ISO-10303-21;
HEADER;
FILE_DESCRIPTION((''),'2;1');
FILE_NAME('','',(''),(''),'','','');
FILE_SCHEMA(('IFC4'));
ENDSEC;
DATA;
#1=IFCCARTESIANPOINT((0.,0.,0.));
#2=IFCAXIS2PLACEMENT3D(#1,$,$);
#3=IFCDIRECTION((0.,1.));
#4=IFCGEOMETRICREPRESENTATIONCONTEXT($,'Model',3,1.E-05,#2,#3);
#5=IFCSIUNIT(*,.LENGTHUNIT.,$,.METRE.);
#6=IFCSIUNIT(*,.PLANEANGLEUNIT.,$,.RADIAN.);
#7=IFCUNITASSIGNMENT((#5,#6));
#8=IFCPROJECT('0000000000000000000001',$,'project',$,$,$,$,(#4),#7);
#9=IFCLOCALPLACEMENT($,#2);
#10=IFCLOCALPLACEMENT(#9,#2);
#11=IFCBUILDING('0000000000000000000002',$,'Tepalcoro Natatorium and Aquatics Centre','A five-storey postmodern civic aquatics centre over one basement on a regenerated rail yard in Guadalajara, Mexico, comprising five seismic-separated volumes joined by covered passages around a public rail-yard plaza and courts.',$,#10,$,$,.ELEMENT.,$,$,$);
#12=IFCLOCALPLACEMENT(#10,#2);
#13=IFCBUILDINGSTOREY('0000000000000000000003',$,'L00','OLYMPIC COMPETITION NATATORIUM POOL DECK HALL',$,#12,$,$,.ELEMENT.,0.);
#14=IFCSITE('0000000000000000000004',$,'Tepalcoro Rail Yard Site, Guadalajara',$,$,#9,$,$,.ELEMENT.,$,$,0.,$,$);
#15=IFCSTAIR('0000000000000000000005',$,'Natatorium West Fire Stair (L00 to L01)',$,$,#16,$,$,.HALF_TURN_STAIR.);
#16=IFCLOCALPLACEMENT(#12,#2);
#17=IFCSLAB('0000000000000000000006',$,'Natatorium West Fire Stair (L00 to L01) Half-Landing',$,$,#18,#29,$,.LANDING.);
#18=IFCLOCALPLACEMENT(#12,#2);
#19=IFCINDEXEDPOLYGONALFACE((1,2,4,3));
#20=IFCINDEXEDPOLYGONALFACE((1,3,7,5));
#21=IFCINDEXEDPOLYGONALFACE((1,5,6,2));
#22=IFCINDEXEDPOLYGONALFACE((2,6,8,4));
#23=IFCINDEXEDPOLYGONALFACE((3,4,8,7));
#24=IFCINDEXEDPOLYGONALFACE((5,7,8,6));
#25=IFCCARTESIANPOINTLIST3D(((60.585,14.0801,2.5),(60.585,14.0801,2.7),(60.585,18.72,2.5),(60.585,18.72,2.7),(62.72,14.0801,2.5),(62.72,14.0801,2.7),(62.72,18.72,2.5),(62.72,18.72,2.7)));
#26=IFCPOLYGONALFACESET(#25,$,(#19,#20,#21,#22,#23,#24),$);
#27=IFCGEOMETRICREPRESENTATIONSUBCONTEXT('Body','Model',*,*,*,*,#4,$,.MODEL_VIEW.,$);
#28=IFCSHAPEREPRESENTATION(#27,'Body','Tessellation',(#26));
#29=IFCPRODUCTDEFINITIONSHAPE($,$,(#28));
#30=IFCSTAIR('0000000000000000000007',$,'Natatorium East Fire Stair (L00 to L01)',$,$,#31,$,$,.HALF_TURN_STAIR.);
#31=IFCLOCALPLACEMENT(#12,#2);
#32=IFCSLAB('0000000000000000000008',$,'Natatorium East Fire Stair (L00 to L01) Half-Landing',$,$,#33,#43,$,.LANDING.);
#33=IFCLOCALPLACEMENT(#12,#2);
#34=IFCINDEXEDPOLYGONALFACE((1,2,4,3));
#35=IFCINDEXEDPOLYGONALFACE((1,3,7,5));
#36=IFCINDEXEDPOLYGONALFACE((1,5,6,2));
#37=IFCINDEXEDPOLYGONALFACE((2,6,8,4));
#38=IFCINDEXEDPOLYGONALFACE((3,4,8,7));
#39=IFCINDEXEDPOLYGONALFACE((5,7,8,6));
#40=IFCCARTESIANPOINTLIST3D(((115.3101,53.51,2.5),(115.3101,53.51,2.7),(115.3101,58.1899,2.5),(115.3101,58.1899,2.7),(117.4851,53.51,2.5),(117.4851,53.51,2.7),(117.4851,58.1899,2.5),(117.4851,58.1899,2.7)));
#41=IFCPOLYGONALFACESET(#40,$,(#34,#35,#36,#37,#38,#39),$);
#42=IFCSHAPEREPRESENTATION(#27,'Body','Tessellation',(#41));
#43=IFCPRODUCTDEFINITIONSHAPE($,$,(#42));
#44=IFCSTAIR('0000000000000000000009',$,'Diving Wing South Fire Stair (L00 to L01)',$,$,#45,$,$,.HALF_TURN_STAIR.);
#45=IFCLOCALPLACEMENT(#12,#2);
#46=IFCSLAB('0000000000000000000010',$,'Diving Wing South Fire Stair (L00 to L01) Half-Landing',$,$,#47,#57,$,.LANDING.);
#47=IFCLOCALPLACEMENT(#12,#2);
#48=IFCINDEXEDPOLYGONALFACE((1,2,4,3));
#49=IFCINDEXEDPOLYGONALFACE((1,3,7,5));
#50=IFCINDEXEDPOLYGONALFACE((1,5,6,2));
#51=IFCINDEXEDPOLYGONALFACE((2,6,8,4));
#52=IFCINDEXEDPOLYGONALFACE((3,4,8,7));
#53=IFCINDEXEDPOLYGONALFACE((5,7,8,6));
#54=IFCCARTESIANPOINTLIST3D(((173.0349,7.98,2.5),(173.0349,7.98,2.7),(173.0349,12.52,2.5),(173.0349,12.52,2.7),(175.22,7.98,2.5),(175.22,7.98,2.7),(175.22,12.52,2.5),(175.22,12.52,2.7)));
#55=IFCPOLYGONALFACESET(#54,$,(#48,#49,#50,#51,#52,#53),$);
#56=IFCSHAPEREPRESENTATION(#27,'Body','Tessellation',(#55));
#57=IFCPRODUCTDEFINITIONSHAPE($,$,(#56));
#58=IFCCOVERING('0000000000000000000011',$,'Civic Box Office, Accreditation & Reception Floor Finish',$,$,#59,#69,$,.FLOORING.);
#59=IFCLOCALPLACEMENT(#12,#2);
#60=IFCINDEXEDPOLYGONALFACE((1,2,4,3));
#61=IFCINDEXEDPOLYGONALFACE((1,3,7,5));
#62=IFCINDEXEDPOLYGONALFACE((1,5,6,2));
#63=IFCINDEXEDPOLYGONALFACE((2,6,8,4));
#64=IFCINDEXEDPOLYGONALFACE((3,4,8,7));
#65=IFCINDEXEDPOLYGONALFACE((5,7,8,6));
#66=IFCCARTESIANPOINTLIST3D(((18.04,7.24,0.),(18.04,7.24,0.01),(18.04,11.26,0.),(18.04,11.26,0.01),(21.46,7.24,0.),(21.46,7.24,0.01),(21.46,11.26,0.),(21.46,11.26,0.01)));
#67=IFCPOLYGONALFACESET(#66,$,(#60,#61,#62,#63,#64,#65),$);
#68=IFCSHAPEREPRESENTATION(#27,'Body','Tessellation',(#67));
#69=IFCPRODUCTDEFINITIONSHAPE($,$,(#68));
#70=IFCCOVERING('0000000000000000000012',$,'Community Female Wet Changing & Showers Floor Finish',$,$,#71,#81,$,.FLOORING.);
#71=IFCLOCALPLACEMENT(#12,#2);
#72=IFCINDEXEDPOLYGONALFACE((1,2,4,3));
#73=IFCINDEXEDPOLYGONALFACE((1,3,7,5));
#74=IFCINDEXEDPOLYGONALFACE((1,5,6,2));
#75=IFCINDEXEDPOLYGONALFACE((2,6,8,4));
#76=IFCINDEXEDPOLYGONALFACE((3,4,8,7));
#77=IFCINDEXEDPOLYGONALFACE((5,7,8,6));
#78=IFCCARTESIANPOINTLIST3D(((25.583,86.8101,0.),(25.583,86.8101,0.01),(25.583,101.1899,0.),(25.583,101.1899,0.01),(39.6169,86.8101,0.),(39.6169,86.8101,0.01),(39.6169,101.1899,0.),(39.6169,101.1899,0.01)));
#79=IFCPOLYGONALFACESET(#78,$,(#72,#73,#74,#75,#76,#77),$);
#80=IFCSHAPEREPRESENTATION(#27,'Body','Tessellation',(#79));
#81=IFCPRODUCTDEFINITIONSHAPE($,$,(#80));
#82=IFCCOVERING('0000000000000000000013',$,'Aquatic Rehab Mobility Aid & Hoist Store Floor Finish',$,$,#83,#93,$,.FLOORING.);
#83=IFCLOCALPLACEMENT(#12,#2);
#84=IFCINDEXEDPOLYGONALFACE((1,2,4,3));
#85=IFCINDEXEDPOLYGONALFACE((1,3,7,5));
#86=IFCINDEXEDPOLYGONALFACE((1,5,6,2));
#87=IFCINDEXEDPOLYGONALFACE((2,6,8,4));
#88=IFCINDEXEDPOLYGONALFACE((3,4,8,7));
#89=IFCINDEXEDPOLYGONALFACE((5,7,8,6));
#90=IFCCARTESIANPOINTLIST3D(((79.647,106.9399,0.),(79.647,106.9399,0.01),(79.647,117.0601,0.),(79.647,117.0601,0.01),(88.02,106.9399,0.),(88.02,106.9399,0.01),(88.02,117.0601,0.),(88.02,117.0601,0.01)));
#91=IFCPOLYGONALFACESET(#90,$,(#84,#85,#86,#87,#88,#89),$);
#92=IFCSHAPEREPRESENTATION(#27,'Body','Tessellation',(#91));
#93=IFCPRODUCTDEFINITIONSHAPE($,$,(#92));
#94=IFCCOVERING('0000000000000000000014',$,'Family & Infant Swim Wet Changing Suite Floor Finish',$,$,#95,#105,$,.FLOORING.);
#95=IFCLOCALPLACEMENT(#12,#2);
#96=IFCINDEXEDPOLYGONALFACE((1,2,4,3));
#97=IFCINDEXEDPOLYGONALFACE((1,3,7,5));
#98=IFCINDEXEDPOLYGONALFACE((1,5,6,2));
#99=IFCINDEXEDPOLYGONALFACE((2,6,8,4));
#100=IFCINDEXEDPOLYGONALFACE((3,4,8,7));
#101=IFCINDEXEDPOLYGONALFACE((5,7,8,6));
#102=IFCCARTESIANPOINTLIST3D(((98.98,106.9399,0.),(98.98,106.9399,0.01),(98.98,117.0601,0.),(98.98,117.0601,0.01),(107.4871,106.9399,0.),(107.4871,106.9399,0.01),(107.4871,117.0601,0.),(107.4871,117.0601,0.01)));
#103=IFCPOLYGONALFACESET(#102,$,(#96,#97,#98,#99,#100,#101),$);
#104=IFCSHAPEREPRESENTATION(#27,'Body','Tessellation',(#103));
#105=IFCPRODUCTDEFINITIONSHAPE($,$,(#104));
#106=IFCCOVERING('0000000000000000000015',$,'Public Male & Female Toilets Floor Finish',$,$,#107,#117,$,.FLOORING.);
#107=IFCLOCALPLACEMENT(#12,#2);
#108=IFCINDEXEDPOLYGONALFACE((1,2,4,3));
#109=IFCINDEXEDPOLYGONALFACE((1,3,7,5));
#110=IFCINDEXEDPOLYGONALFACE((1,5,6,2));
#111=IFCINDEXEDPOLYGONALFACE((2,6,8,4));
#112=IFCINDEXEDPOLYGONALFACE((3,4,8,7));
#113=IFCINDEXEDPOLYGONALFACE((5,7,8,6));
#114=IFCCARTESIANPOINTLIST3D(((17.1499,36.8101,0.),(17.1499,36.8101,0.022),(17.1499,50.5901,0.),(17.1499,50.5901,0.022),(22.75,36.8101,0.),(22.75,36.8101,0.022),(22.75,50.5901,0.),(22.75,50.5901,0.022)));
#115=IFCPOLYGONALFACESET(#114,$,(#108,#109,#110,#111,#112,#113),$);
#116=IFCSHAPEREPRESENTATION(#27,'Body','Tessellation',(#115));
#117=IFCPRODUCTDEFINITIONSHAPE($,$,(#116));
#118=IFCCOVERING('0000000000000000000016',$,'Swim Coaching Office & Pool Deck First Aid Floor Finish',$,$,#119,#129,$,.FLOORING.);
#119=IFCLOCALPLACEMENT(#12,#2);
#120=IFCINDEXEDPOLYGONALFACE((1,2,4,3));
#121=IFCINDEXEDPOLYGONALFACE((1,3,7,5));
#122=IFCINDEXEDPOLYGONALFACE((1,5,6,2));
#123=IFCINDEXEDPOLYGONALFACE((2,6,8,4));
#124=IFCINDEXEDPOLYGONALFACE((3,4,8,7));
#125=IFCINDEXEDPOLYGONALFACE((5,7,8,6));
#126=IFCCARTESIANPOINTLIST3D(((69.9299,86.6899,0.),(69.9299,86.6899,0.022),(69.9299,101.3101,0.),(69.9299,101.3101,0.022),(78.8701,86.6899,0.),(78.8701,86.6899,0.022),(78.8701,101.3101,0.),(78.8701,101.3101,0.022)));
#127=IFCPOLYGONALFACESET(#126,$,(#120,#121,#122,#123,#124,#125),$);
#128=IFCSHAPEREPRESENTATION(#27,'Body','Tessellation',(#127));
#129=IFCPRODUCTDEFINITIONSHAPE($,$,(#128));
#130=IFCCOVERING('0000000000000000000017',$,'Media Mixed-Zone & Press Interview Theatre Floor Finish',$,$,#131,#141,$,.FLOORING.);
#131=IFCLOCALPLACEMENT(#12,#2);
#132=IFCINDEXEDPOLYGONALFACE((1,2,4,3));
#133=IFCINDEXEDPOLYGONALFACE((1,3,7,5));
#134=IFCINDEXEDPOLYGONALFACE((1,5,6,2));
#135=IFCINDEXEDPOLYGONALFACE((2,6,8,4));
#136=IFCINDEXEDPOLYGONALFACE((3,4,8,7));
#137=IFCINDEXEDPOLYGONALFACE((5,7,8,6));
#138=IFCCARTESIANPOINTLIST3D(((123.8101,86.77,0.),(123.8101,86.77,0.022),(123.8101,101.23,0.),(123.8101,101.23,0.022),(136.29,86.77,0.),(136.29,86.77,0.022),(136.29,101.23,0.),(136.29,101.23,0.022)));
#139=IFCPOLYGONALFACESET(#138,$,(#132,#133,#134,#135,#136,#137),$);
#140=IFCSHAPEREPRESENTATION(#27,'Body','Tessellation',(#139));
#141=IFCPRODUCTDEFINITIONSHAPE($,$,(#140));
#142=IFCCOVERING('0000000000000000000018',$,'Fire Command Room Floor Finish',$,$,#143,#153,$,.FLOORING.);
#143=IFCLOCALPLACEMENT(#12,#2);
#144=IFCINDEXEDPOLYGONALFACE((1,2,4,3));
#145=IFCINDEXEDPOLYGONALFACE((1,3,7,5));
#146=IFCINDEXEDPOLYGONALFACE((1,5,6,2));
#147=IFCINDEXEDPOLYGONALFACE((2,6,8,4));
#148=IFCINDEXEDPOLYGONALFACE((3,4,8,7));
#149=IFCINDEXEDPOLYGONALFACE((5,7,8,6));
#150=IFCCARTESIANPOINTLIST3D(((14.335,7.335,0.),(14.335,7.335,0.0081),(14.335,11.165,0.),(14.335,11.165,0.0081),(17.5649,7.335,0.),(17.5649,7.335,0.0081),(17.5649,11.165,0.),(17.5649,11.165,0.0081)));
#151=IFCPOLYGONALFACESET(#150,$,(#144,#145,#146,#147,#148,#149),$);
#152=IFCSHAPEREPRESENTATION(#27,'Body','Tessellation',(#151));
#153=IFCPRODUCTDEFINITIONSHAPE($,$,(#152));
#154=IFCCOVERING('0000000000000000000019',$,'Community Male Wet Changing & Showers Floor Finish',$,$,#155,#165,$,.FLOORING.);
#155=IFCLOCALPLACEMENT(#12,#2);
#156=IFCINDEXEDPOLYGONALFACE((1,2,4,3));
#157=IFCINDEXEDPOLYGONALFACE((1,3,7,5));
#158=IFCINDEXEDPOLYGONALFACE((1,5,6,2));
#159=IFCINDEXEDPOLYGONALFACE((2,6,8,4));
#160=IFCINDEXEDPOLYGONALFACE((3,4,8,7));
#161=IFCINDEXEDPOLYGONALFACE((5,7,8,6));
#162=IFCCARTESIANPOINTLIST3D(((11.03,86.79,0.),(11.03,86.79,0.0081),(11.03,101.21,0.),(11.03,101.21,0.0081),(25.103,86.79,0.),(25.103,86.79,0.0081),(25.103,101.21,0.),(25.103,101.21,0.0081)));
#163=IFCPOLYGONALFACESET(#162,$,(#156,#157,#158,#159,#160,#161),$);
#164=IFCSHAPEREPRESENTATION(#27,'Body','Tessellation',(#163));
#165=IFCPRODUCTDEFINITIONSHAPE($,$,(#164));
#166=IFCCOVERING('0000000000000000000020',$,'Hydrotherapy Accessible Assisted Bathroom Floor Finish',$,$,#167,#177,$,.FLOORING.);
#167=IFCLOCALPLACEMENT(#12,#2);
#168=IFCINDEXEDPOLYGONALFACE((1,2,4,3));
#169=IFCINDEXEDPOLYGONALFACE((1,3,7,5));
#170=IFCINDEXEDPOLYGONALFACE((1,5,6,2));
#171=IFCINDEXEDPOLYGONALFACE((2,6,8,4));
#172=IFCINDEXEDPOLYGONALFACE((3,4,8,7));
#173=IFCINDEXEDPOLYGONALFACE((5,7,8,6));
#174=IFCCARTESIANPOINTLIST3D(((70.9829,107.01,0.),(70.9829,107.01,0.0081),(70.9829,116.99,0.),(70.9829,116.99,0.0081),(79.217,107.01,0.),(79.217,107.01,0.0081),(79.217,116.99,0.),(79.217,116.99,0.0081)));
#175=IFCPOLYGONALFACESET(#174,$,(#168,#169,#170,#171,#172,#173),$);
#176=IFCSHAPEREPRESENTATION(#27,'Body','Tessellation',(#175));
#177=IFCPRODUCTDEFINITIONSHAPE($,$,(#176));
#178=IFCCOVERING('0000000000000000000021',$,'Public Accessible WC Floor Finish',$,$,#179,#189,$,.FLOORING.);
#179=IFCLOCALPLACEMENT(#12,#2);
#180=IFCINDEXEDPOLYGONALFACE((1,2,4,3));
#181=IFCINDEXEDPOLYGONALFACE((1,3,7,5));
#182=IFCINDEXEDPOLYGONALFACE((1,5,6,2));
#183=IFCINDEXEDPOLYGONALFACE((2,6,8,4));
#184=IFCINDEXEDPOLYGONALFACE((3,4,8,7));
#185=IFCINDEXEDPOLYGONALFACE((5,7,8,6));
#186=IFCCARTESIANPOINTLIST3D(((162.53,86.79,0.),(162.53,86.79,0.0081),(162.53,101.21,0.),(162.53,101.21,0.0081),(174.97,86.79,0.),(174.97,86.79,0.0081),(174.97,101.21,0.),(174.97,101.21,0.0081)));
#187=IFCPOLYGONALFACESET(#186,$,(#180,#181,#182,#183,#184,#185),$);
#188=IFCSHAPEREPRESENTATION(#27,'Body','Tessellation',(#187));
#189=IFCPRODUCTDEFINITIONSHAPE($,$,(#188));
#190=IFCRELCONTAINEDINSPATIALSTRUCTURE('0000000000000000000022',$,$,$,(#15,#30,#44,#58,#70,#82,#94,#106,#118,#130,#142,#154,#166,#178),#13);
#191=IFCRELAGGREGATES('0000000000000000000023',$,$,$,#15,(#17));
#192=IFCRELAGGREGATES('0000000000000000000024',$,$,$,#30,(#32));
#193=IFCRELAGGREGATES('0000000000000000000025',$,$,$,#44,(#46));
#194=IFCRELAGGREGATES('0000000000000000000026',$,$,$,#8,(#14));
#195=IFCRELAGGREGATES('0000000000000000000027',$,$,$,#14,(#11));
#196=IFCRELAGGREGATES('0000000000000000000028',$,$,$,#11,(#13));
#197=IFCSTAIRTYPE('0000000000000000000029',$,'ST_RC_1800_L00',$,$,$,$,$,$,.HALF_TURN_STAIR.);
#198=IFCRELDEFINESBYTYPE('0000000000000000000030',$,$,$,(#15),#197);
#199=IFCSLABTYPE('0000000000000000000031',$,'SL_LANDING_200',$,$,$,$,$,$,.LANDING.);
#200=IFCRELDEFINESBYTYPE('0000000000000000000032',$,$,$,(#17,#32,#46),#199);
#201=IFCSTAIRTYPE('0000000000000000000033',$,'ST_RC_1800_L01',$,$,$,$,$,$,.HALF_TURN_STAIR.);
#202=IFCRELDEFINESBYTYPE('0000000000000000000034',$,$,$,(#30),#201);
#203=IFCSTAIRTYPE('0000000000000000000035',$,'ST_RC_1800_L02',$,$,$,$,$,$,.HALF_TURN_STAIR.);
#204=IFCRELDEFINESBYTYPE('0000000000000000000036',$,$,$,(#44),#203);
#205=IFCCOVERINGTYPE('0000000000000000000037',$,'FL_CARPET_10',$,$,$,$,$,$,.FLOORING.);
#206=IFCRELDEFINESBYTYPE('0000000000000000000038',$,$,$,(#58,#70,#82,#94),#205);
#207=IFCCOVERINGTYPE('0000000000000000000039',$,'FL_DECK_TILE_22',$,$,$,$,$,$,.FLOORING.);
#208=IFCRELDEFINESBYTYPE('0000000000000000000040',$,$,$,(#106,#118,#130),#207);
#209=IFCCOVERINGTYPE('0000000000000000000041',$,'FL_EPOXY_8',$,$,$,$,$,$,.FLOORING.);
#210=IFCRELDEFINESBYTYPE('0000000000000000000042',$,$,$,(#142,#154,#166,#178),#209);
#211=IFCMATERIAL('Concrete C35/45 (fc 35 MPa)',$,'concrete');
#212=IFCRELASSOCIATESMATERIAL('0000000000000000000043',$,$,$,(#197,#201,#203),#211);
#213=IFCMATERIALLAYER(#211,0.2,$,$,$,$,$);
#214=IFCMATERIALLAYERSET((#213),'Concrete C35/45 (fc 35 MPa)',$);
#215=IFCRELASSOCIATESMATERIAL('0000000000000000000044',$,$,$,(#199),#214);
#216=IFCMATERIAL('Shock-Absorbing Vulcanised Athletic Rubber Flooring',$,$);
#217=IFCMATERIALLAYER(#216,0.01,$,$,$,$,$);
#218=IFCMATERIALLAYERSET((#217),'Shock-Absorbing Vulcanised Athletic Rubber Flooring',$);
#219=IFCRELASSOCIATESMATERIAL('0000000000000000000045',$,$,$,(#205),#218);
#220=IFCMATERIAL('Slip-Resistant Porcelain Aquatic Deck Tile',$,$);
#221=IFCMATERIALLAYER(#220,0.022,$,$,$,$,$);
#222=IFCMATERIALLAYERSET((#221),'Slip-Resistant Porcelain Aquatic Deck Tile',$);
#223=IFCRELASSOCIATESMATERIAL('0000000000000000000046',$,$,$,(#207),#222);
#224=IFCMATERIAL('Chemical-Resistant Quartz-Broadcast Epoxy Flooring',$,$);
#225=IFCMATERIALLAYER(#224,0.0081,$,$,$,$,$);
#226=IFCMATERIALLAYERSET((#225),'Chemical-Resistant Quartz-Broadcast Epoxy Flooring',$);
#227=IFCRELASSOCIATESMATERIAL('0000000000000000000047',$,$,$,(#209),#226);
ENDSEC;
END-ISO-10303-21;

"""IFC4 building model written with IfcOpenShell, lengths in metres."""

from ifc_helpers import new_model, si_unit, direction, frame, origin, place, context, subcontext, project, spatial, polyline, outline, extrude, material, layer, layer_set, type_object, element, aggregate, save


model = new_model("IFC4")

# Units and contexts
model_context = context("Model", 3, precision=1e-05, world=origin(), true_north=direction((0.0, 1.0)))
body_context = subcontext(model_context, "Body", "Model", "MODEL_VIEW")
ifc_project = project(units=[si_unit("LENGTHUNIT", "METRE"), si_unit("PLANEANGLEUNIT", "RADIAN")], contexts=[model_context])

# Site, building, storey
site_placement = place(None, origin())
site = spatial("IfcSite", under=ifc_project, at=site_placement, Name="Tepalcoro Rail Yard Site, Guadalajara", CompositionType="ELEMENT", RefElevation=0.0)
building_placement = place(site_placement, origin())
building = spatial("IfcBuilding", under=site, at=building_placement, Name="Tepalcoro Natatorium and Aquatics Centre", Description="A five-storey postmodern civic aquatics centre over one basement on a regenerated rail yard in Guadalajara, Mexico, comprising five seismic-separated volumes joined by covered passages around a public rail-yard plaza and courts.", CompositionType="ELEMENT")
storey_placement = place(building_placement, origin())
storey = spatial("IfcBuildingStorey", under=building, at=storey_placement, Name="L00", Description="OLYMPIC COMPETITION NATATORIUM POOL DECK HALL", CompositionType="ELEMENT", Elevation=0.0)

# Stairs, slabs
ifc_material_1 = material(Name="Concrete C35/45 (fc 35 MPa)", Category="concrete")
stair_type_1 = type_object("IfcStairType", Name="ST_RC_1800_L00", PredefinedType="HALF_TURN_STAIR", material=ifc_material_1)
stair_1_placement = place(storey_placement, origin())
stair_1 = element("IfcStair", 1, at=stair_1_placement, inside=storey, type_object=stair_type_1, Name="Natatorium West Fire Stair (L00 to L01)", PredefinedType="HALF_TURN_STAIR")
ifc_layer_1 = layer(ifc_material_1, 0.2)
ifc_layer_set_1 = layer_set([ifc_layer_1], Name="Concrete C35/45 (fc 35 MPa)")
slab_type = type_object("IfcSlabType", Name="SL_LANDING_200", PredefinedType="LANDING", material=ifc_layer_set_1)
slab_1_placement = place(storey_placement, frame((0.0, 0.0, 2.5)))
slab_1 = element("IfcSlab", 2, at=slab_1_placement, type_object=slab_type, Name="Natatorium West Fire Stair (L00 to L01) Half-Landing", PredefinedType="LANDING", context=body_context, shape_type="SweptSolid", body=[
    extrude(outline(polyline([(60.585, 14.0801), (62.72, 14.0801), (62.72, 18.72), (60.585, 18.72), (60.585, 14.0801)])), origin(), (0.0, 0.0, 1.0), 0.2),
])
aggregate(stair_1, [slab_1])
stair_type_2 = type_object("IfcStairType", Name="ST_RC_1800_L01", PredefinedType="HALF_TURN_STAIR", material=ifc_material_1)
stair_2_placement = place(storey_placement, origin())
stair_2 = element("IfcStair", 3, at=stair_2_placement, inside=storey, type_object=stair_type_2, Name="Natatorium East Fire Stair (L00 to L01)", PredefinedType="HALF_TURN_STAIR")
slab_2_placement = place(storey_placement, frame((0.0, 0.0, 2.5)))
slab_2 = element("IfcSlab", 4, at=slab_2_placement, type_object=slab_type, Name="Natatorium East Fire Stair (L00 to L01) Half-Landing", PredefinedType="LANDING", context=body_context, shape_type="SweptSolid", body=[
    extrude(outline(polyline([(115.3101, 53.51), (117.4851, 53.51), (117.4851, 58.1899), (115.3101, 58.1899), (115.3101, 53.51)])), origin(), (0.0, 0.0, 1.0), 0.2),
])
aggregate(stair_2, [slab_2])
stair_type_3 = type_object("IfcStairType", Name="ST_RC_1800_L02", PredefinedType="HALF_TURN_STAIR", material=ifc_material_1)
stair_3_placement = place(storey_placement, origin())
stair_3 = element("IfcStair", 5, at=stair_3_placement, inside=storey, type_object=stair_type_3, Name="Diving Wing South Fire Stair (L00 to L01)", PredefinedType="HALF_TURN_STAIR")
slab_3_placement = place(storey_placement, frame((0.0, 0.0, 2.5)))
slab_3 = element("IfcSlab", 6, at=slab_3_placement, type_object=slab_type, Name="Diving Wing South Fire Stair (L00 to L01) Half-Landing", PredefinedType="LANDING", context=body_context, shape_type="SweptSolid", body=[
    extrude(outline(polyline([(173.0349, 7.98), (175.22, 7.98), (175.22, 12.52), (173.0349, 12.52), (173.0349, 7.98)])), origin(), (0.0, 0.0, 1.0), 0.2),
])
aggregate(stair_3, [slab_3])

# Coverings
ifc_material_2 = material(Name="Shock-Absorbing Vulcanised Athletic Rubber Flooring")
ifc_layer_2 = layer(ifc_material_2, 0.01)
ifc_layer_set_2 = layer_set([ifc_layer_2], Name="Shock-Absorbing Vulcanised Athletic Rubber Flooring")
covering_type_1 = type_object("IfcCoveringType", Name="FL_CARPET_10", PredefinedType="FLOORING", material=ifc_layer_set_2)
covering_1_placement = place(storey_placement, origin())
element("IfcCovering", 7, at=covering_1_placement, inside=storey, type_object=covering_type_1, Name="Civic Box Office, Accreditation & Reception Floor Finish", PredefinedType="FLOORING", context=body_context, shape_type="SweptSolid", body=[
    extrude(outline(polyline([(18.04, 7.24), (18.04, 11.26), (21.46, 11.26), (21.46, 7.24), (18.04, 7.24)])), origin(), (0.0, 0.0, 1.0), 0.01),
])
covering_2_placement = place(storey_placement, origin())
element("IfcCovering", 8, at=covering_2_placement, inside=storey, type_object=covering_type_1, Name="Community Female Wet Changing & Showers Floor Finish", PredefinedType="FLOORING", context=body_context, shape_type="SweptSolid", body=[
    extrude(outline(polyline([(25.583, 86.8101), (25.583, 101.1899), (39.6169, 101.1899), (39.6169, 86.8101), (25.583, 86.8101)])), origin(), (0.0, 0.0, 1.0), 0.01),
])
covering_3_placement = place(storey_placement, origin())
element("IfcCovering", 9, at=covering_3_placement, inside=storey, type_object=covering_type_1, Name="Aquatic Rehab Mobility Aid & Hoist Store Floor Finish", PredefinedType="FLOORING", context=body_context, shape_type="SweptSolid", body=[
    extrude(outline(polyline([(79.647, 106.9399), (79.647, 117.0601), (88.02, 117.0601), (88.02, 106.9399), (79.647, 106.9399)])), origin(), (0.0, 0.0, 1.0), 0.01),
])
covering_4_placement = place(storey_placement, origin())
element("IfcCovering", 10, at=covering_4_placement, inside=storey, type_object=covering_type_1, Name="Family & Infant Swim Wet Changing Suite Floor Finish", PredefinedType="FLOORING", context=body_context, shape_type="SweptSolid", body=[
    extrude(outline(polyline([(98.98, 106.9399), (98.98, 117.0601), (107.4871, 117.0601), (107.4871, 106.9399), (98.98, 106.9399)])), origin(), (0.0, 0.0, 1.0), 0.01),
])
ifc_material_3 = material(Name="Slip-Resistant Porcelain Aquatic Deck Tile")
ifc_layer_3 = layer(ifc_material_3, 0.022)
ifc_layer_set_3 = layer_set([ifc_layer_3], Name="Slip-Resistant Porcelain Aquatic Deck Tile")
covering_type_2 = type_object("IfcCoveringType", Name="FL_DECK_TILE_22", PredefinedType="FLOORING", material=ifc_layer_set_3)
covering_5_placement = place(storey_placement, origin())
element("IfcCovering", 11, at=covering_5_placement, inside=storey, type_object=covering_type_2, Name="Public Male & Female Toilets Floor Finish", PredefinedType="FLOORING", context=body_context, shape_type="SweptSolid", body=[
    extrude(outline(polyline([(17.1499, 36.8101), (17.1499, 50.5901), (22.75, 50.5901), (22.75, 36.8101), (17.1499, 36.8101)])), origin(), (0.0, 0.0, 1.0), 0.022),
])
covering_6_placement = place(storey_placement, origin())
element("IfcCovering", 12, at=covering_6_placement, inside=storey, type_object=covering_type_2, Name="Swim Coaching Office & Pool Deck First Aid Floor Finish", PredefinedType="FLOORING", context=body_context, shape_type="SweptSolid", body=[
    extrude(outline(polyline([(69.9299, 86.6899), (69.9299, 101.3101), (78.8701, 101.3101), (78.8701, 86.6899), (69.9299, 86.6899)])), origin(), (0.0, 0.0, 1.0), 0.022),
])
covering_7_placement = place(storey_placement, origin())
element("IfcCovering", 13, at=covering_7_placement, inside=storey, type_object=covering_type_2, Name="Media Mixed-Zone & Press Interview Theatre Floor Finish", PredefinedType="FLOORING", context=body_context, shape_type="SweptSolid", body=[
    extrude(outline(polyline([(123.8101, 86.77), (123.8101, 101.23), (136.29, 101.23), (136.29, 86.77), (123.8101, 86.77)])), origin(), (0.0, 0.0, 1.0), 0.022),
])
ifc_material_4 = material(Name="Chemical-Resistant Quartz-Broadcast Epoxy Flooring")
ifc_layer_4 = layer(ifc_material_4, 0.0081)
ifc_layer_set_4 = layer_set([ifc_layer_4], Name="Chemical-Resistant Quartz-Broadcast Epoxy Flooring")
covering_type_3 = type_object("IfcCoveringType", Name="FL_EPOXY_8", PredefinedType="FLOORING", material=ifc_layer_set_4)
covering_8_placement = place(storey_placement, origin())
element("IfcCovering", 14, at=covering_8_placement, inside=storey, type_object=covering_type_3, Name="Fire Command Room Floor Finish", PredefinedType="FLOORING", context=body_context, shape_type="SweptSolid", body=[
    extrude(outline(polyline([(14.335, 7.335), (14.335, 11.165), (17.5649, 11.165), (17.5649, 7.335), (14.335, 7.335)])), origin(), (0.0, 0.0, 1.0), 0.0081),
])
covering_9_placement = place(storey_placement, origin())
element("IfcCovering", 15, at=covering_9_placement, inside=storey, type_object=covering_type_3, Name="Community Male Wet Changing & Showers Floor Finish", PredefinedType="FLOORING", context=body_context, shape_type="SweptSolid", body=[
    extrude(outline(polyline([(11.03, 86.79), (11.03, 101.21), (25.103, 101.21), (25.103, 86.79), (11.03, 86.79)])), origin(), (0.0, 0.0, 1.0), 0.0081),
])
covering_10_placement = place(storey_placement, origin())
element("IfcCovering", 16, at=covering_10_placement, inside=storey, type_object=covering_type_3, Name="Hydrotherapy Accessible Assisted Bathroom Floor Finish", PredefinedType="FLOORING", context=body_context, shape_type="SweptSolid", body=[
    extrude(outline(polyline([(70.9829, 107.01), (70.9829, 116.99), (79.217, 116.99), (79.217, 107.01), (70.9829, 107.01)])), origin(), (0.0, 0.0, 1.0), 0.0081),
])
covering_11_placement = place(storey_placement, origin())
element("IfcCovering", 17, at=covering_11_placement, inside=storey, type_object=covering_type_3, Name="Public Accessible WC Floor Finish", PredefinedType="FLOORING", context=body_context, shape_type="SweptSolid", body=[
    extrude(outline(polyline([(162.53, 86.79), (162.53, 101.21), (174.97, 101.21), (174.97, 86.79), (162.53, 86.79)])), origin(), (0.0, 0.0, 1.0), 0.0081),
])

save(model, "model.ifc")
